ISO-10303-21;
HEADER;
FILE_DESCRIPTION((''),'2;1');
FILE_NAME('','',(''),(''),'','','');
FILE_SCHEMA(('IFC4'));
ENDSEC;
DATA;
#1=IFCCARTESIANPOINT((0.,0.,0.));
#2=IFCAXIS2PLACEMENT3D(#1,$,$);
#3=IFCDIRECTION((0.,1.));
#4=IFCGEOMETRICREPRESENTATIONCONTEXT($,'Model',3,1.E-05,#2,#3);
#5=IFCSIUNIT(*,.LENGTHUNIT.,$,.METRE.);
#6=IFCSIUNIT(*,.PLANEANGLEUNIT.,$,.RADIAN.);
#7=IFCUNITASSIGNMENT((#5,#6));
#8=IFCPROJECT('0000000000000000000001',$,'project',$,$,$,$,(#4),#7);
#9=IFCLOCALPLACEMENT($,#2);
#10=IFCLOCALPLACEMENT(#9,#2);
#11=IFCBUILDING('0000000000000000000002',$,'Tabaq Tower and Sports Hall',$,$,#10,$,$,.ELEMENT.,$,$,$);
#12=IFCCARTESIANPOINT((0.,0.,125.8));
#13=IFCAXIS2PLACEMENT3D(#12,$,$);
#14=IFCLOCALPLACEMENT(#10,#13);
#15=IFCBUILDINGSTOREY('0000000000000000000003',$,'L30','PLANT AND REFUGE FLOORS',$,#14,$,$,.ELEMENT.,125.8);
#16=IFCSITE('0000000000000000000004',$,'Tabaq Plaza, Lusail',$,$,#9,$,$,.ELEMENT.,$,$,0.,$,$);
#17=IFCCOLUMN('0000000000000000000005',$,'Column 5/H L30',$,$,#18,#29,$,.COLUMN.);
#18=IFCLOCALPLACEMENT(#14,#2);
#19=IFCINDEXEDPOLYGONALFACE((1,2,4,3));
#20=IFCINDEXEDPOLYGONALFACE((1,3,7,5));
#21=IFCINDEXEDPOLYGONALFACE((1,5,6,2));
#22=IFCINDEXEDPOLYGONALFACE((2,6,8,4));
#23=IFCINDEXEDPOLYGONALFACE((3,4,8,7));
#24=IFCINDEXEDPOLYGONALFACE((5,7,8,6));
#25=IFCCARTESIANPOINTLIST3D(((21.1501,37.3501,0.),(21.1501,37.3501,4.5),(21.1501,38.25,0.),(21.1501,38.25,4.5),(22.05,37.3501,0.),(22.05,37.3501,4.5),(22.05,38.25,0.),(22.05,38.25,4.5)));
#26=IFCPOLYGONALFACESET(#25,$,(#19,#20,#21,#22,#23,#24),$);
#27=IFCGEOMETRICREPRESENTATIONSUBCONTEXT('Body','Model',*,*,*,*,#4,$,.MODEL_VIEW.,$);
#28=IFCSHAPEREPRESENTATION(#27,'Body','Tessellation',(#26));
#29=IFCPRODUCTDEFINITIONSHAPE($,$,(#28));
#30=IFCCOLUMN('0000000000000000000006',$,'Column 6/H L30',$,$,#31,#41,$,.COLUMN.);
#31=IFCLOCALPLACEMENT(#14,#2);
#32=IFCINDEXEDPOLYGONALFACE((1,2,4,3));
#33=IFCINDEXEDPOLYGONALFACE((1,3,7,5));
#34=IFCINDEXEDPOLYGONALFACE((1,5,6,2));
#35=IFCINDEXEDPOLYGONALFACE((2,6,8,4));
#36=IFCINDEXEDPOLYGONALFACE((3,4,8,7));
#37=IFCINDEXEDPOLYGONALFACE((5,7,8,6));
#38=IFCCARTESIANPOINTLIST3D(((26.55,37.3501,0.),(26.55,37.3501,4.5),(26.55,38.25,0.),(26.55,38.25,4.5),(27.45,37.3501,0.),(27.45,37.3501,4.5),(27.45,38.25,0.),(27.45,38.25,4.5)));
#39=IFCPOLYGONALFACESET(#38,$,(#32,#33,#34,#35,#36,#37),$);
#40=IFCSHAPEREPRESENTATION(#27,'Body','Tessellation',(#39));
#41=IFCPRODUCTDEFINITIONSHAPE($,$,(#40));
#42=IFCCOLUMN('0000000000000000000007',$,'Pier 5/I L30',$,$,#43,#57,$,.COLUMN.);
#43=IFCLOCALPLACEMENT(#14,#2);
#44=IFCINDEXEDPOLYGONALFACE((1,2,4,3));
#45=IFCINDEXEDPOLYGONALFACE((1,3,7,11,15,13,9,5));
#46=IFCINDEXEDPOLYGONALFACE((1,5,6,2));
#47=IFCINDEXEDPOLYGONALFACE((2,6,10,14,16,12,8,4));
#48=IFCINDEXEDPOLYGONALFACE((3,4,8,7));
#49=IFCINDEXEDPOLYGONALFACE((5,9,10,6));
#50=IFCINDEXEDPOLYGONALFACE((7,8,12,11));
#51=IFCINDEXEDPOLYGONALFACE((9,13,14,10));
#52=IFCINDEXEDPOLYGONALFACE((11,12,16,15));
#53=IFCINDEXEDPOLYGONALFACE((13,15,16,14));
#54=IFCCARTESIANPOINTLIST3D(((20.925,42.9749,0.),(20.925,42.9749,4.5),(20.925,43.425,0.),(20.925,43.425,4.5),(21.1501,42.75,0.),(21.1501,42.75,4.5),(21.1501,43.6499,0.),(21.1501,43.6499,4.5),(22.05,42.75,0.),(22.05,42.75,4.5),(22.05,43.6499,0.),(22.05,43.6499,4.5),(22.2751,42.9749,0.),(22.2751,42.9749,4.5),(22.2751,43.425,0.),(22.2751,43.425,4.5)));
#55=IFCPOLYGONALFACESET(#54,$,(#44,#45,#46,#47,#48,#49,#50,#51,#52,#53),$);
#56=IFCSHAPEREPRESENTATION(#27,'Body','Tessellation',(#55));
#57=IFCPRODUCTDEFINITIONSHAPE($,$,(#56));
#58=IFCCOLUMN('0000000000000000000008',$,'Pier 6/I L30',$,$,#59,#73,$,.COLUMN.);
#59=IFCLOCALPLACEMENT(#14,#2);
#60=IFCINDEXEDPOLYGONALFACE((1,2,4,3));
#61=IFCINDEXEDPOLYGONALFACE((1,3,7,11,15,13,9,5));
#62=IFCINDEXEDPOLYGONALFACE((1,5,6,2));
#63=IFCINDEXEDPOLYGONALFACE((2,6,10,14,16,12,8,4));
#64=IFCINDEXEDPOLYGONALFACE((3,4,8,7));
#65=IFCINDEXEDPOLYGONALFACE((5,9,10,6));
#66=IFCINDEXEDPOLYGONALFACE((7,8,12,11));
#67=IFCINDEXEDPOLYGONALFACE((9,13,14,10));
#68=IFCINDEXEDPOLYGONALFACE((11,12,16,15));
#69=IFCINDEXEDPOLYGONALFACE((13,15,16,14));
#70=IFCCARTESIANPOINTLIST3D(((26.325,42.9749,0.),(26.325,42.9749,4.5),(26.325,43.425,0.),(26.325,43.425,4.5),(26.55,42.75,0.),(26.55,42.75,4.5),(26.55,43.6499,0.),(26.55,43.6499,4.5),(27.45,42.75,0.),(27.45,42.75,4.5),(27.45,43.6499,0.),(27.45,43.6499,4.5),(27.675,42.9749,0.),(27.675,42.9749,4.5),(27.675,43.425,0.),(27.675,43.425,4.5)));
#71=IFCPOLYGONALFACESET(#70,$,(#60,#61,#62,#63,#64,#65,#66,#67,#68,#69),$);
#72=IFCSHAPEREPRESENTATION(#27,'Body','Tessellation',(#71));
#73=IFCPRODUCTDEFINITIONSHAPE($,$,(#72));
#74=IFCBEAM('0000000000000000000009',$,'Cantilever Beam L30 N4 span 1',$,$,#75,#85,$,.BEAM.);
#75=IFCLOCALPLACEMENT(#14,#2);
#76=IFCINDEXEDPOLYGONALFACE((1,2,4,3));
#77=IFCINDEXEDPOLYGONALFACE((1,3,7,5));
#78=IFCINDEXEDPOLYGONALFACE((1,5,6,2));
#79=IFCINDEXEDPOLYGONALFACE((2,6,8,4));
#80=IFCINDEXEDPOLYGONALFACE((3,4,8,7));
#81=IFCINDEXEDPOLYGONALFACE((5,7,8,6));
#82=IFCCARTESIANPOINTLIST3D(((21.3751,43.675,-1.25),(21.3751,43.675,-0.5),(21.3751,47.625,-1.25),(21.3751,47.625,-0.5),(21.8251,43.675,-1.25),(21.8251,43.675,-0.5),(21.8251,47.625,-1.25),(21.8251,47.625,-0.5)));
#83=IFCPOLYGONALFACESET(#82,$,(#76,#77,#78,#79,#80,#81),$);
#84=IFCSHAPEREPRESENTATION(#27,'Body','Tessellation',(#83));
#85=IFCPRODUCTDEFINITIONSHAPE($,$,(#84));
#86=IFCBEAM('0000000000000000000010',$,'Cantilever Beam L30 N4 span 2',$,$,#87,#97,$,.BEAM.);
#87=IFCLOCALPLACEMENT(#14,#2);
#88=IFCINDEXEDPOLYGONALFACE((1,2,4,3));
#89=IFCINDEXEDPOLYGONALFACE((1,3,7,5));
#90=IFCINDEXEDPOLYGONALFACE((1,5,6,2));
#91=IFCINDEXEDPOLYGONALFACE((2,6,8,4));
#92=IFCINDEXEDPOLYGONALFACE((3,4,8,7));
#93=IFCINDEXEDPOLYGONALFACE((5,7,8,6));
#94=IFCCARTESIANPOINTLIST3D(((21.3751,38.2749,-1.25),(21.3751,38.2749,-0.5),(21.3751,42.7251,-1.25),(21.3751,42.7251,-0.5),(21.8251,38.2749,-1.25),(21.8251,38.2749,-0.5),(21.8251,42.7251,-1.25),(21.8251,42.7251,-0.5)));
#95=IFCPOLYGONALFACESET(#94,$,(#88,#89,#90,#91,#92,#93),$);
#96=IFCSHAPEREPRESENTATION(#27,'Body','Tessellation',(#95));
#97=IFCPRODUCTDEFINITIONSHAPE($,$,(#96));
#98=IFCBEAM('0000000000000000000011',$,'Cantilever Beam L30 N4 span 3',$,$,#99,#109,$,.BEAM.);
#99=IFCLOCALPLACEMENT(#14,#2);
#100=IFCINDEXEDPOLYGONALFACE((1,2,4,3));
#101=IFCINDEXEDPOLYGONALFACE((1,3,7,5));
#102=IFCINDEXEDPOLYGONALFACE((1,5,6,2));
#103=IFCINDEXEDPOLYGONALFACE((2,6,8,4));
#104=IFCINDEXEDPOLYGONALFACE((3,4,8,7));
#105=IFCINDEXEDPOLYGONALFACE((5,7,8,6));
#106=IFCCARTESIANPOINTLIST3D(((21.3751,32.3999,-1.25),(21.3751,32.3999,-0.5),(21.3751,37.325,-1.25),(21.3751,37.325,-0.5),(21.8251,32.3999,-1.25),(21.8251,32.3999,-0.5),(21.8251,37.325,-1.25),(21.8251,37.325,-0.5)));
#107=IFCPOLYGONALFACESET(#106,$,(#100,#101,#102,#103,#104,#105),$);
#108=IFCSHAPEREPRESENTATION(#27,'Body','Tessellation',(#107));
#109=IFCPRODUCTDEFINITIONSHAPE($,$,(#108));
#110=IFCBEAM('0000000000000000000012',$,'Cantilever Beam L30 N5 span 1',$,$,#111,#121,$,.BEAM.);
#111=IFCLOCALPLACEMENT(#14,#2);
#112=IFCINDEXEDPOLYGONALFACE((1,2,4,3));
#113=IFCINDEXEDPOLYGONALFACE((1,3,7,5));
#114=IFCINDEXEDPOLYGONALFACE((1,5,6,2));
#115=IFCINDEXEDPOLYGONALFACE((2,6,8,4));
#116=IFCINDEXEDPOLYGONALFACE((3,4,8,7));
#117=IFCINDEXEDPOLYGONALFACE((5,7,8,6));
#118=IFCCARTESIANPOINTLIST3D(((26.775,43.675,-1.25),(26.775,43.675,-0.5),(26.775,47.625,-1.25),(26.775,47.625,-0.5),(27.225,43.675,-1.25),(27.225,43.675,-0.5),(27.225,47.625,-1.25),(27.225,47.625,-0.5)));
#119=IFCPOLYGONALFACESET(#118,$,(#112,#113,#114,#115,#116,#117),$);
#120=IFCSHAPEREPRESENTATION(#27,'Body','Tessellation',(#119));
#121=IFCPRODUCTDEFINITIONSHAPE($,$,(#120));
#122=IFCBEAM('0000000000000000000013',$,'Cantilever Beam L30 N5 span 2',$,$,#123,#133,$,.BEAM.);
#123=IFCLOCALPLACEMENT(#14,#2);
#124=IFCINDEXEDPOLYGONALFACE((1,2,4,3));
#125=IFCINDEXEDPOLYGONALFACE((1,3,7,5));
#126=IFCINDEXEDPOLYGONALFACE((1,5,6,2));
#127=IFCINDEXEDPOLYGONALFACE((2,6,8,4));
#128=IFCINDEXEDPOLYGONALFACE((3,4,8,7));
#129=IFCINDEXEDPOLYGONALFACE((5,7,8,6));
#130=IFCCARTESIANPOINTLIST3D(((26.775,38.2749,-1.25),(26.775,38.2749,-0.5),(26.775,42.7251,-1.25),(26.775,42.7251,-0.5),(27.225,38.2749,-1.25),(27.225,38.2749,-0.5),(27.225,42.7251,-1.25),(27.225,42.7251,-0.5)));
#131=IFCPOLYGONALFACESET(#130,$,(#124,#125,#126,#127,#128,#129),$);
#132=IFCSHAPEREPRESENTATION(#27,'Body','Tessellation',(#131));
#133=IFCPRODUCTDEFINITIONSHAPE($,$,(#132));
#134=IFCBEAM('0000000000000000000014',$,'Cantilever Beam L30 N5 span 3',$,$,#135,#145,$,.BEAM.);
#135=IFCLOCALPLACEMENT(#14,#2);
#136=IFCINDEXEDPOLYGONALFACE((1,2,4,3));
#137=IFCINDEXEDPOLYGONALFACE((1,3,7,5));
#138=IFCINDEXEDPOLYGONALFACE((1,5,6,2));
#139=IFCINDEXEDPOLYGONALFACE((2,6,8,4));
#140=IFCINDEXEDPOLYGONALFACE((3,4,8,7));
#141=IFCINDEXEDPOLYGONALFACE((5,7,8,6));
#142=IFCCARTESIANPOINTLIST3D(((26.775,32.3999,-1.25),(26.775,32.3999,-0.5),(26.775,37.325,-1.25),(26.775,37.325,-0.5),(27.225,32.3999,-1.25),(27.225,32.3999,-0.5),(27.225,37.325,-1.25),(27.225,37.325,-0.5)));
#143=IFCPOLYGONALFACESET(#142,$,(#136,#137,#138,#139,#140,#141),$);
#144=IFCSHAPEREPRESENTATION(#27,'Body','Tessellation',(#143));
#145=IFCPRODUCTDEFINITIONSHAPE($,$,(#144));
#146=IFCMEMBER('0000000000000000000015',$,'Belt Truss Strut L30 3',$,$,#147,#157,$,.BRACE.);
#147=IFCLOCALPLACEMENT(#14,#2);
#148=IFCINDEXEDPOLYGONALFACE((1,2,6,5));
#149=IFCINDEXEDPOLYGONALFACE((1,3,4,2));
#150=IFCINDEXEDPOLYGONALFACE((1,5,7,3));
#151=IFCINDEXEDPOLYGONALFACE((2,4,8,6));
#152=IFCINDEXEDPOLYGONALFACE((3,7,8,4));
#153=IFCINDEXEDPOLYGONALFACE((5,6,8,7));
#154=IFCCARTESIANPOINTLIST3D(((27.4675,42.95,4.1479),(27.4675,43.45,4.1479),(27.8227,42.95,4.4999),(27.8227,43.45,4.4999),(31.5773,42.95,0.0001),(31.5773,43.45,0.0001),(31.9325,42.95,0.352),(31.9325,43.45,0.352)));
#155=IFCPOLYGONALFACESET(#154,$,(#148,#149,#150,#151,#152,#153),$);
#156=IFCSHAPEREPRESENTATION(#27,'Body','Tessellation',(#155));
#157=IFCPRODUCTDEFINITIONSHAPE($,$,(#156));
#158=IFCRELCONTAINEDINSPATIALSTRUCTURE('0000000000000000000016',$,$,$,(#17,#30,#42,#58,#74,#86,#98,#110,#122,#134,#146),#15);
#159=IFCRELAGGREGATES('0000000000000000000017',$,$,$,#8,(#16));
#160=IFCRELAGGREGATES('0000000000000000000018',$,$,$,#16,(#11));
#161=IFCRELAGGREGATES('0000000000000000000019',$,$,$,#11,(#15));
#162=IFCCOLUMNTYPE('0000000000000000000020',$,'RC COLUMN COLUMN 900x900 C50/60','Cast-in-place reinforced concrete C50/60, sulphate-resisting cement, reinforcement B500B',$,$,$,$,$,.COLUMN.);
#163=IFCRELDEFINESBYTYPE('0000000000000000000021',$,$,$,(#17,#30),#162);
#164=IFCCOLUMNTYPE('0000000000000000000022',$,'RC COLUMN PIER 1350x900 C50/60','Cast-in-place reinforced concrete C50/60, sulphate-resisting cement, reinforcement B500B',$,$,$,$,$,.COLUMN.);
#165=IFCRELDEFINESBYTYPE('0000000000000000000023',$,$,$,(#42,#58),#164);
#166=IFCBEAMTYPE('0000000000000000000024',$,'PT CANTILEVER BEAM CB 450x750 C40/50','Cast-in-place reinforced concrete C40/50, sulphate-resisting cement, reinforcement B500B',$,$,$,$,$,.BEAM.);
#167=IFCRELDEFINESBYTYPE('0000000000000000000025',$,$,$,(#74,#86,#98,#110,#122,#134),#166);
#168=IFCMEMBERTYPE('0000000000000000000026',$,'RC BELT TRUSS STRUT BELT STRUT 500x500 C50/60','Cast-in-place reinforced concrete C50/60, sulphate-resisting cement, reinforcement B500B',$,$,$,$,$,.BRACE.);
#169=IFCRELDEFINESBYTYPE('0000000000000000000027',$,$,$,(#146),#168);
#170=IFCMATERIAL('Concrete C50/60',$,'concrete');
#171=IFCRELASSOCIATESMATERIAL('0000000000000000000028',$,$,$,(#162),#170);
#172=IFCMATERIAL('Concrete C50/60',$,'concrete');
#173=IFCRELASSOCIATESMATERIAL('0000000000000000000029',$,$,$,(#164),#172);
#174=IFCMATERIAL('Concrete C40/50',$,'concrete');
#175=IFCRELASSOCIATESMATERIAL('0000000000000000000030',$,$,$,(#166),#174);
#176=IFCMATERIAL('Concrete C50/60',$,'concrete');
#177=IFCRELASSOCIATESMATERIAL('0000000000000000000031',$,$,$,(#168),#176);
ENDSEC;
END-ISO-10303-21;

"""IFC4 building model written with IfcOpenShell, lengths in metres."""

from ifc_helpers import new_model, si_unit, direction, frame, origin, origin_2d, place, context, subcontext, project, spatial, polyline, rectangle, outline, extrude, material, material_profile, profile_set, type_object, element, save


model = new_model("IFC4")

# Units and contexts
model_context = context("Model", 3, precision=1e-05, world=origin(), true_north=direction((0.0, 1.0)))
body_context = subcontext(model_context, "Body", "Model", "MODEL_VIEW")
ifc_project = project(units=[si_unit("LENGTHUNIT", "METRE"), si_unit("PLANEANGLEUNIT", "RADIAN")], contexts=[model_context])

# Site, building, storey
site_placement = place(None, origin())
site = spatial("IfcSite", under=ifc_project, at=site_placement, Name="Tabaq Plaza, Lusail", CompositionType="ELEMENT", RefElevation=0.0)
building_placement = place(site_placement, origin())
building = spatial("IfcBuilding", under=site, at=building_placement, Name="Tabaq Tower and Sports Hall", CompositionType="ELEMENT")
storey_placement = place(building_placement, frame((0.0, 0.0, 125.8)))
storey = spatial("IfcBuildingStorey", under=building, at=storey_placement, Name="L30", Description="PLANT AND REFUGE FLOORS", CompositionType="ELEMENT", Elevation=125.8)

# Columns
ifc_material_1 = material(Name="Concrete C50/60", Category="concrete")
ifc_material_profile_1 = material_profile(ifc_material_1, rectangle(XDim=0.8999, YDim=0.8999, at=origin_2d()), Name="COLUMN 900x900")
ifc_profile_set_1 = profile_set([ifc_material_profile_1], Name="Concrete C50/60")
column_type_1 = type_object("IfcColumnType", Name="RC COLUMN COLUMN 900x900 C50/60", Description="Cast-in-place reinforced concrete C50/60, sulphate-resisting cement, reinforcement B500B", PredefinedType="COLUMN", material=ifc_profile_set_1)
for number, where, z_axis, x_axis, name in (
    (1, (21.6001, 37.8, 0.0), (0.0, 0.0, 1.0), (1.0, 0.0, 0.0), "Column 5/H L30"),
    (2, (27.0, 37.8, 0.0), (0.0, 0.0, 1.0), (1.0, 0.0, 0.0), "Column 6/H L30"),
):
    element("IfcColumn", number, at=place(storey_placement, frame(where, z_axis=z_axis, x_axis=x_axis)), inside=storey, type_object=column_type_1, Name=name, PredefinedType="COLUMN", context=body_context, shape_type="SweptSolid", body=[
        extrude(rectangle(XDim=0.8999, YDim=0.8999, at=origin_2d()), origin(), (0.0, 0.0, 1.0), 4.5),
    ])
ifc_material_2 = material(Name="Concrete C50/60", Category="concrete")
ifc_material_profile_2 = material_profile(ifc_material_2, outline(polyline([(-0.45, -0.45), (0.45, -0.45), (0.675, -0.2251), (0.675, 0.2251), (0.45, 0.45), (-0.45, 0.45), (-0.675, 0.2251), (-0.675, -0.2251), (-0.45, -0.45)])), Name="PIER 1350x900")
ifc_profile_set_2 = profile_set([ifc_material_profile_2], Name="Concrete C50/60")
column_type_2 = type_object("IfcColumnType", Name="RC COLUMN PIER 1350x900 C50/60", Description="Cast-in-place reinforced concrete C50/60, sulphate-resisting cement, reinforcement B500B", PredefinedType="COLUMN", material=ifc_profile_set_2)
for number, where, z_axis, x_axis, name in (
    (3, (21.6001, 43.2, 0.0), (0.0, 0.0, 1.0), (1.0, 0.0, 0.0), "Pier 5/I L30"),
    (4, (27.0, 43.2, 0.0), (0.0, 0.0, 1.0), (1.0, 0.0, 0.0), "Pier 6/I L30"),
):
    element("IfcColumn", number, at=place(storey_placement, frame(where, z_axis=z_axis, x_axis=x_axis)), inside=storey, type_object=column_type_2, Name=name, PredefinedType="COLUMN", context=body_context, shape_type="SweptSolid", body=[
        extrude(outline(polyline([(-0.45, -0.45), (0.45, -0.45), (0.675, -0.2251), (0.675, 0.2251), (0.45, 0.45), (-0.45, 0.45), (-0.675, 0.2251), (-0.675, -0.2251), (-0.45, -0.45)])), origin(), (0.0, 0.0, 1.0), 4.5),
    ])

# Beams
ifc_material_3 = material(Name="Concrete C40/50", Category="concrete")
ifc_material_profile_3 = material_profile(ifc_material_3, rectangle(XDim=0.45, YDim=0.75, at=origin_2d()), Name="CB 450x750")
ifc_profile_set_3 = profile_set([ifc_material_profile_3], Name="Concrete C40/50")
beam_type = type_object("IfcBeamType", Name="PT CANTILEVER BEAM CB 450x750 C40/50", Description="Cast-in-place reinforced concrete C40/50, sulphate-resisting cement, reinforcement B500B", PredefinedType="BEAM", material=ifc_profile_set_3)
beam_1_placement = place(storey_placement, frame((21.6001, 47.625, -0.875), z_axis=(0.0, -1.0, 0.0), x_axis=(1.0, 0.0, 0.0)))
element("IfcBeam", 5, at=beam_1_placement, inside=storey, type_object=beam_type, Name="Cantilever Beam L30 N4 span 1", PredefinedType="BEAM", context=body_context, shape_type="SweptSolid", body=[
    extrude(rectangle(XDim=0.45, YDim=0.75, at=origin_2d()), origin(), (0.0, 0.0, 1.0), 3.95),
])
beam_2_placement = place(storey_placement, frame((21.6001, 42.7251, -0.875), z_axis=(0.0, -1.0, 0.0), x_axis=(1.0, 0.0, 0.0)))
element("IfcBeam", 6, at=beam_2_placement, inside=storey, type_object=beam_type, Name="Cantilever Beam L30 N4 span 2", PredefinedType="BEAM", context=body_context, shape_type="SweptSolid", body=[
    extrude(rectangle(XDim=0.45, YDim=0.75, at=origin_2d()), origin(), (0.0, 0.0, 1.0), 4.4502),
])
beam_3_placement = place(storey_placement, frame((21.6001, 37.325, -0.875), z_axis=(0.0, -1.0, 0.0), x_axis=(1.0, 0.0, 0.0)))
element("IfcBeam", 7, at=beam_3_placement, inside=storey, type_object=beam_type, Name="Cantilever Beam L30 N4 span 3", PredefinedType="BEAM", context=body_context, shape_type="SweptSolid", body=[
    extrude(rectangle(XDim=0.45, YDim=0.75, at=origin_2d()), origin(), (0.0, 0.0, 1.0), 4.925),
])
beam_4_placement = place(storey_placement, frame((27.0, 47.625, -0.875), z_axis=(0.0, -1.0, 0.0), x_axis=(1.0, 0.0, 0.0)))
element("IfcBeam", 8, at=beam_4_placement, inside=storey, type_object=beam_type, Name="Cantilever Beam L30 N5 span 1", PredefinedType="BEAM", context=body_context, shape_type="SweptSolid", body=[
    extrude(rectangle(XDim=0.45, YDim=0.75, at=origin_2d()), origin(), (0.0, 0.0, 1.0), 3.95),
])
beam_5_placement = place(storey_placement, frame((27.0, 42.7251, -0.875), z_axis=(0.0, -1.0, 0.0), x_axis=(1.0, 0.0, 0.0)))
element("IfcBeam", 9, at=beam_5_placement, inside=storey, type_object=beam_type, Name="Cantilever Beam L30 N5 span 2", PredefinedType="BEAM", context=body_context, shape_type="SweptSolid", body=[
    extrude(rectangle(XDim=0.45, YDim=0.75, at=origin_2d()), origin(), (0.0, 0.0, 1.0), 4.4502),
])
beam_6_placement = place(storey_placement, frame((27.0, 37.325, -0.875), z_axis=(0.0, -1.0, 0.0), x_axis=(1.0, 0.0, 0.0)))
element("IfcBeam", 10, at=beam_6_placement, inside=storey, type_object=beam_type, Name="Cantilever Beam L30 N5 span 3", PredefinedType="BEAM", context=body_context, shape_type="SweptSolid", body=[
    extrude(rectangle(XDim=0.45, YDim=0.75, at=origin_2d()), origin(), (0.0, 0.0, 1.0), 4.925),
])

# Member
ifc_material_4 = material(Name="Concrete C50/60", Category="concrete")
ifc_material_profile_4 = material_profile(ifc_material_4, rectangle(XDim=0.5, YDim=0.5, at=origin_2d()), Name="BELT STRUT 500x500")
ifc_profile_set_4 = profile_set([ifc_material_profile_4], Name="Concrete C50/60")
member_type = type_object("IfcMemberType", Name="RC BELT TRUSS STRUT BELT STRUT 500x500 C50/60", Description="Cast-in-place reinforced concrete C50/60, sulphate-resisting cement, reinforcement B500B", PredefinedType="BRACE", material=ifc_profile_set_4)
member_placement = place(storey_placement, frame((31.7549, 43.2, 0.176), z_axis=(-0.703838, 0.0, 0.71036), x_axis=(0.0, -1.0, 0.0)))
element("IfcMember", 11, at=member_placement, inside=storey, type_object=member_type, Name="Belt Truss Strut L30 3", PredefinedType="BRACE", context=body_context, shape_type="SweptSolid", body=[
    extrude(rectangle(XDim=0.5, YDim=0.5, at=origin_2d()), origin(), (0.0, 0.0, 1.0), 5.8391),
])

save(model, "model.ifc")
